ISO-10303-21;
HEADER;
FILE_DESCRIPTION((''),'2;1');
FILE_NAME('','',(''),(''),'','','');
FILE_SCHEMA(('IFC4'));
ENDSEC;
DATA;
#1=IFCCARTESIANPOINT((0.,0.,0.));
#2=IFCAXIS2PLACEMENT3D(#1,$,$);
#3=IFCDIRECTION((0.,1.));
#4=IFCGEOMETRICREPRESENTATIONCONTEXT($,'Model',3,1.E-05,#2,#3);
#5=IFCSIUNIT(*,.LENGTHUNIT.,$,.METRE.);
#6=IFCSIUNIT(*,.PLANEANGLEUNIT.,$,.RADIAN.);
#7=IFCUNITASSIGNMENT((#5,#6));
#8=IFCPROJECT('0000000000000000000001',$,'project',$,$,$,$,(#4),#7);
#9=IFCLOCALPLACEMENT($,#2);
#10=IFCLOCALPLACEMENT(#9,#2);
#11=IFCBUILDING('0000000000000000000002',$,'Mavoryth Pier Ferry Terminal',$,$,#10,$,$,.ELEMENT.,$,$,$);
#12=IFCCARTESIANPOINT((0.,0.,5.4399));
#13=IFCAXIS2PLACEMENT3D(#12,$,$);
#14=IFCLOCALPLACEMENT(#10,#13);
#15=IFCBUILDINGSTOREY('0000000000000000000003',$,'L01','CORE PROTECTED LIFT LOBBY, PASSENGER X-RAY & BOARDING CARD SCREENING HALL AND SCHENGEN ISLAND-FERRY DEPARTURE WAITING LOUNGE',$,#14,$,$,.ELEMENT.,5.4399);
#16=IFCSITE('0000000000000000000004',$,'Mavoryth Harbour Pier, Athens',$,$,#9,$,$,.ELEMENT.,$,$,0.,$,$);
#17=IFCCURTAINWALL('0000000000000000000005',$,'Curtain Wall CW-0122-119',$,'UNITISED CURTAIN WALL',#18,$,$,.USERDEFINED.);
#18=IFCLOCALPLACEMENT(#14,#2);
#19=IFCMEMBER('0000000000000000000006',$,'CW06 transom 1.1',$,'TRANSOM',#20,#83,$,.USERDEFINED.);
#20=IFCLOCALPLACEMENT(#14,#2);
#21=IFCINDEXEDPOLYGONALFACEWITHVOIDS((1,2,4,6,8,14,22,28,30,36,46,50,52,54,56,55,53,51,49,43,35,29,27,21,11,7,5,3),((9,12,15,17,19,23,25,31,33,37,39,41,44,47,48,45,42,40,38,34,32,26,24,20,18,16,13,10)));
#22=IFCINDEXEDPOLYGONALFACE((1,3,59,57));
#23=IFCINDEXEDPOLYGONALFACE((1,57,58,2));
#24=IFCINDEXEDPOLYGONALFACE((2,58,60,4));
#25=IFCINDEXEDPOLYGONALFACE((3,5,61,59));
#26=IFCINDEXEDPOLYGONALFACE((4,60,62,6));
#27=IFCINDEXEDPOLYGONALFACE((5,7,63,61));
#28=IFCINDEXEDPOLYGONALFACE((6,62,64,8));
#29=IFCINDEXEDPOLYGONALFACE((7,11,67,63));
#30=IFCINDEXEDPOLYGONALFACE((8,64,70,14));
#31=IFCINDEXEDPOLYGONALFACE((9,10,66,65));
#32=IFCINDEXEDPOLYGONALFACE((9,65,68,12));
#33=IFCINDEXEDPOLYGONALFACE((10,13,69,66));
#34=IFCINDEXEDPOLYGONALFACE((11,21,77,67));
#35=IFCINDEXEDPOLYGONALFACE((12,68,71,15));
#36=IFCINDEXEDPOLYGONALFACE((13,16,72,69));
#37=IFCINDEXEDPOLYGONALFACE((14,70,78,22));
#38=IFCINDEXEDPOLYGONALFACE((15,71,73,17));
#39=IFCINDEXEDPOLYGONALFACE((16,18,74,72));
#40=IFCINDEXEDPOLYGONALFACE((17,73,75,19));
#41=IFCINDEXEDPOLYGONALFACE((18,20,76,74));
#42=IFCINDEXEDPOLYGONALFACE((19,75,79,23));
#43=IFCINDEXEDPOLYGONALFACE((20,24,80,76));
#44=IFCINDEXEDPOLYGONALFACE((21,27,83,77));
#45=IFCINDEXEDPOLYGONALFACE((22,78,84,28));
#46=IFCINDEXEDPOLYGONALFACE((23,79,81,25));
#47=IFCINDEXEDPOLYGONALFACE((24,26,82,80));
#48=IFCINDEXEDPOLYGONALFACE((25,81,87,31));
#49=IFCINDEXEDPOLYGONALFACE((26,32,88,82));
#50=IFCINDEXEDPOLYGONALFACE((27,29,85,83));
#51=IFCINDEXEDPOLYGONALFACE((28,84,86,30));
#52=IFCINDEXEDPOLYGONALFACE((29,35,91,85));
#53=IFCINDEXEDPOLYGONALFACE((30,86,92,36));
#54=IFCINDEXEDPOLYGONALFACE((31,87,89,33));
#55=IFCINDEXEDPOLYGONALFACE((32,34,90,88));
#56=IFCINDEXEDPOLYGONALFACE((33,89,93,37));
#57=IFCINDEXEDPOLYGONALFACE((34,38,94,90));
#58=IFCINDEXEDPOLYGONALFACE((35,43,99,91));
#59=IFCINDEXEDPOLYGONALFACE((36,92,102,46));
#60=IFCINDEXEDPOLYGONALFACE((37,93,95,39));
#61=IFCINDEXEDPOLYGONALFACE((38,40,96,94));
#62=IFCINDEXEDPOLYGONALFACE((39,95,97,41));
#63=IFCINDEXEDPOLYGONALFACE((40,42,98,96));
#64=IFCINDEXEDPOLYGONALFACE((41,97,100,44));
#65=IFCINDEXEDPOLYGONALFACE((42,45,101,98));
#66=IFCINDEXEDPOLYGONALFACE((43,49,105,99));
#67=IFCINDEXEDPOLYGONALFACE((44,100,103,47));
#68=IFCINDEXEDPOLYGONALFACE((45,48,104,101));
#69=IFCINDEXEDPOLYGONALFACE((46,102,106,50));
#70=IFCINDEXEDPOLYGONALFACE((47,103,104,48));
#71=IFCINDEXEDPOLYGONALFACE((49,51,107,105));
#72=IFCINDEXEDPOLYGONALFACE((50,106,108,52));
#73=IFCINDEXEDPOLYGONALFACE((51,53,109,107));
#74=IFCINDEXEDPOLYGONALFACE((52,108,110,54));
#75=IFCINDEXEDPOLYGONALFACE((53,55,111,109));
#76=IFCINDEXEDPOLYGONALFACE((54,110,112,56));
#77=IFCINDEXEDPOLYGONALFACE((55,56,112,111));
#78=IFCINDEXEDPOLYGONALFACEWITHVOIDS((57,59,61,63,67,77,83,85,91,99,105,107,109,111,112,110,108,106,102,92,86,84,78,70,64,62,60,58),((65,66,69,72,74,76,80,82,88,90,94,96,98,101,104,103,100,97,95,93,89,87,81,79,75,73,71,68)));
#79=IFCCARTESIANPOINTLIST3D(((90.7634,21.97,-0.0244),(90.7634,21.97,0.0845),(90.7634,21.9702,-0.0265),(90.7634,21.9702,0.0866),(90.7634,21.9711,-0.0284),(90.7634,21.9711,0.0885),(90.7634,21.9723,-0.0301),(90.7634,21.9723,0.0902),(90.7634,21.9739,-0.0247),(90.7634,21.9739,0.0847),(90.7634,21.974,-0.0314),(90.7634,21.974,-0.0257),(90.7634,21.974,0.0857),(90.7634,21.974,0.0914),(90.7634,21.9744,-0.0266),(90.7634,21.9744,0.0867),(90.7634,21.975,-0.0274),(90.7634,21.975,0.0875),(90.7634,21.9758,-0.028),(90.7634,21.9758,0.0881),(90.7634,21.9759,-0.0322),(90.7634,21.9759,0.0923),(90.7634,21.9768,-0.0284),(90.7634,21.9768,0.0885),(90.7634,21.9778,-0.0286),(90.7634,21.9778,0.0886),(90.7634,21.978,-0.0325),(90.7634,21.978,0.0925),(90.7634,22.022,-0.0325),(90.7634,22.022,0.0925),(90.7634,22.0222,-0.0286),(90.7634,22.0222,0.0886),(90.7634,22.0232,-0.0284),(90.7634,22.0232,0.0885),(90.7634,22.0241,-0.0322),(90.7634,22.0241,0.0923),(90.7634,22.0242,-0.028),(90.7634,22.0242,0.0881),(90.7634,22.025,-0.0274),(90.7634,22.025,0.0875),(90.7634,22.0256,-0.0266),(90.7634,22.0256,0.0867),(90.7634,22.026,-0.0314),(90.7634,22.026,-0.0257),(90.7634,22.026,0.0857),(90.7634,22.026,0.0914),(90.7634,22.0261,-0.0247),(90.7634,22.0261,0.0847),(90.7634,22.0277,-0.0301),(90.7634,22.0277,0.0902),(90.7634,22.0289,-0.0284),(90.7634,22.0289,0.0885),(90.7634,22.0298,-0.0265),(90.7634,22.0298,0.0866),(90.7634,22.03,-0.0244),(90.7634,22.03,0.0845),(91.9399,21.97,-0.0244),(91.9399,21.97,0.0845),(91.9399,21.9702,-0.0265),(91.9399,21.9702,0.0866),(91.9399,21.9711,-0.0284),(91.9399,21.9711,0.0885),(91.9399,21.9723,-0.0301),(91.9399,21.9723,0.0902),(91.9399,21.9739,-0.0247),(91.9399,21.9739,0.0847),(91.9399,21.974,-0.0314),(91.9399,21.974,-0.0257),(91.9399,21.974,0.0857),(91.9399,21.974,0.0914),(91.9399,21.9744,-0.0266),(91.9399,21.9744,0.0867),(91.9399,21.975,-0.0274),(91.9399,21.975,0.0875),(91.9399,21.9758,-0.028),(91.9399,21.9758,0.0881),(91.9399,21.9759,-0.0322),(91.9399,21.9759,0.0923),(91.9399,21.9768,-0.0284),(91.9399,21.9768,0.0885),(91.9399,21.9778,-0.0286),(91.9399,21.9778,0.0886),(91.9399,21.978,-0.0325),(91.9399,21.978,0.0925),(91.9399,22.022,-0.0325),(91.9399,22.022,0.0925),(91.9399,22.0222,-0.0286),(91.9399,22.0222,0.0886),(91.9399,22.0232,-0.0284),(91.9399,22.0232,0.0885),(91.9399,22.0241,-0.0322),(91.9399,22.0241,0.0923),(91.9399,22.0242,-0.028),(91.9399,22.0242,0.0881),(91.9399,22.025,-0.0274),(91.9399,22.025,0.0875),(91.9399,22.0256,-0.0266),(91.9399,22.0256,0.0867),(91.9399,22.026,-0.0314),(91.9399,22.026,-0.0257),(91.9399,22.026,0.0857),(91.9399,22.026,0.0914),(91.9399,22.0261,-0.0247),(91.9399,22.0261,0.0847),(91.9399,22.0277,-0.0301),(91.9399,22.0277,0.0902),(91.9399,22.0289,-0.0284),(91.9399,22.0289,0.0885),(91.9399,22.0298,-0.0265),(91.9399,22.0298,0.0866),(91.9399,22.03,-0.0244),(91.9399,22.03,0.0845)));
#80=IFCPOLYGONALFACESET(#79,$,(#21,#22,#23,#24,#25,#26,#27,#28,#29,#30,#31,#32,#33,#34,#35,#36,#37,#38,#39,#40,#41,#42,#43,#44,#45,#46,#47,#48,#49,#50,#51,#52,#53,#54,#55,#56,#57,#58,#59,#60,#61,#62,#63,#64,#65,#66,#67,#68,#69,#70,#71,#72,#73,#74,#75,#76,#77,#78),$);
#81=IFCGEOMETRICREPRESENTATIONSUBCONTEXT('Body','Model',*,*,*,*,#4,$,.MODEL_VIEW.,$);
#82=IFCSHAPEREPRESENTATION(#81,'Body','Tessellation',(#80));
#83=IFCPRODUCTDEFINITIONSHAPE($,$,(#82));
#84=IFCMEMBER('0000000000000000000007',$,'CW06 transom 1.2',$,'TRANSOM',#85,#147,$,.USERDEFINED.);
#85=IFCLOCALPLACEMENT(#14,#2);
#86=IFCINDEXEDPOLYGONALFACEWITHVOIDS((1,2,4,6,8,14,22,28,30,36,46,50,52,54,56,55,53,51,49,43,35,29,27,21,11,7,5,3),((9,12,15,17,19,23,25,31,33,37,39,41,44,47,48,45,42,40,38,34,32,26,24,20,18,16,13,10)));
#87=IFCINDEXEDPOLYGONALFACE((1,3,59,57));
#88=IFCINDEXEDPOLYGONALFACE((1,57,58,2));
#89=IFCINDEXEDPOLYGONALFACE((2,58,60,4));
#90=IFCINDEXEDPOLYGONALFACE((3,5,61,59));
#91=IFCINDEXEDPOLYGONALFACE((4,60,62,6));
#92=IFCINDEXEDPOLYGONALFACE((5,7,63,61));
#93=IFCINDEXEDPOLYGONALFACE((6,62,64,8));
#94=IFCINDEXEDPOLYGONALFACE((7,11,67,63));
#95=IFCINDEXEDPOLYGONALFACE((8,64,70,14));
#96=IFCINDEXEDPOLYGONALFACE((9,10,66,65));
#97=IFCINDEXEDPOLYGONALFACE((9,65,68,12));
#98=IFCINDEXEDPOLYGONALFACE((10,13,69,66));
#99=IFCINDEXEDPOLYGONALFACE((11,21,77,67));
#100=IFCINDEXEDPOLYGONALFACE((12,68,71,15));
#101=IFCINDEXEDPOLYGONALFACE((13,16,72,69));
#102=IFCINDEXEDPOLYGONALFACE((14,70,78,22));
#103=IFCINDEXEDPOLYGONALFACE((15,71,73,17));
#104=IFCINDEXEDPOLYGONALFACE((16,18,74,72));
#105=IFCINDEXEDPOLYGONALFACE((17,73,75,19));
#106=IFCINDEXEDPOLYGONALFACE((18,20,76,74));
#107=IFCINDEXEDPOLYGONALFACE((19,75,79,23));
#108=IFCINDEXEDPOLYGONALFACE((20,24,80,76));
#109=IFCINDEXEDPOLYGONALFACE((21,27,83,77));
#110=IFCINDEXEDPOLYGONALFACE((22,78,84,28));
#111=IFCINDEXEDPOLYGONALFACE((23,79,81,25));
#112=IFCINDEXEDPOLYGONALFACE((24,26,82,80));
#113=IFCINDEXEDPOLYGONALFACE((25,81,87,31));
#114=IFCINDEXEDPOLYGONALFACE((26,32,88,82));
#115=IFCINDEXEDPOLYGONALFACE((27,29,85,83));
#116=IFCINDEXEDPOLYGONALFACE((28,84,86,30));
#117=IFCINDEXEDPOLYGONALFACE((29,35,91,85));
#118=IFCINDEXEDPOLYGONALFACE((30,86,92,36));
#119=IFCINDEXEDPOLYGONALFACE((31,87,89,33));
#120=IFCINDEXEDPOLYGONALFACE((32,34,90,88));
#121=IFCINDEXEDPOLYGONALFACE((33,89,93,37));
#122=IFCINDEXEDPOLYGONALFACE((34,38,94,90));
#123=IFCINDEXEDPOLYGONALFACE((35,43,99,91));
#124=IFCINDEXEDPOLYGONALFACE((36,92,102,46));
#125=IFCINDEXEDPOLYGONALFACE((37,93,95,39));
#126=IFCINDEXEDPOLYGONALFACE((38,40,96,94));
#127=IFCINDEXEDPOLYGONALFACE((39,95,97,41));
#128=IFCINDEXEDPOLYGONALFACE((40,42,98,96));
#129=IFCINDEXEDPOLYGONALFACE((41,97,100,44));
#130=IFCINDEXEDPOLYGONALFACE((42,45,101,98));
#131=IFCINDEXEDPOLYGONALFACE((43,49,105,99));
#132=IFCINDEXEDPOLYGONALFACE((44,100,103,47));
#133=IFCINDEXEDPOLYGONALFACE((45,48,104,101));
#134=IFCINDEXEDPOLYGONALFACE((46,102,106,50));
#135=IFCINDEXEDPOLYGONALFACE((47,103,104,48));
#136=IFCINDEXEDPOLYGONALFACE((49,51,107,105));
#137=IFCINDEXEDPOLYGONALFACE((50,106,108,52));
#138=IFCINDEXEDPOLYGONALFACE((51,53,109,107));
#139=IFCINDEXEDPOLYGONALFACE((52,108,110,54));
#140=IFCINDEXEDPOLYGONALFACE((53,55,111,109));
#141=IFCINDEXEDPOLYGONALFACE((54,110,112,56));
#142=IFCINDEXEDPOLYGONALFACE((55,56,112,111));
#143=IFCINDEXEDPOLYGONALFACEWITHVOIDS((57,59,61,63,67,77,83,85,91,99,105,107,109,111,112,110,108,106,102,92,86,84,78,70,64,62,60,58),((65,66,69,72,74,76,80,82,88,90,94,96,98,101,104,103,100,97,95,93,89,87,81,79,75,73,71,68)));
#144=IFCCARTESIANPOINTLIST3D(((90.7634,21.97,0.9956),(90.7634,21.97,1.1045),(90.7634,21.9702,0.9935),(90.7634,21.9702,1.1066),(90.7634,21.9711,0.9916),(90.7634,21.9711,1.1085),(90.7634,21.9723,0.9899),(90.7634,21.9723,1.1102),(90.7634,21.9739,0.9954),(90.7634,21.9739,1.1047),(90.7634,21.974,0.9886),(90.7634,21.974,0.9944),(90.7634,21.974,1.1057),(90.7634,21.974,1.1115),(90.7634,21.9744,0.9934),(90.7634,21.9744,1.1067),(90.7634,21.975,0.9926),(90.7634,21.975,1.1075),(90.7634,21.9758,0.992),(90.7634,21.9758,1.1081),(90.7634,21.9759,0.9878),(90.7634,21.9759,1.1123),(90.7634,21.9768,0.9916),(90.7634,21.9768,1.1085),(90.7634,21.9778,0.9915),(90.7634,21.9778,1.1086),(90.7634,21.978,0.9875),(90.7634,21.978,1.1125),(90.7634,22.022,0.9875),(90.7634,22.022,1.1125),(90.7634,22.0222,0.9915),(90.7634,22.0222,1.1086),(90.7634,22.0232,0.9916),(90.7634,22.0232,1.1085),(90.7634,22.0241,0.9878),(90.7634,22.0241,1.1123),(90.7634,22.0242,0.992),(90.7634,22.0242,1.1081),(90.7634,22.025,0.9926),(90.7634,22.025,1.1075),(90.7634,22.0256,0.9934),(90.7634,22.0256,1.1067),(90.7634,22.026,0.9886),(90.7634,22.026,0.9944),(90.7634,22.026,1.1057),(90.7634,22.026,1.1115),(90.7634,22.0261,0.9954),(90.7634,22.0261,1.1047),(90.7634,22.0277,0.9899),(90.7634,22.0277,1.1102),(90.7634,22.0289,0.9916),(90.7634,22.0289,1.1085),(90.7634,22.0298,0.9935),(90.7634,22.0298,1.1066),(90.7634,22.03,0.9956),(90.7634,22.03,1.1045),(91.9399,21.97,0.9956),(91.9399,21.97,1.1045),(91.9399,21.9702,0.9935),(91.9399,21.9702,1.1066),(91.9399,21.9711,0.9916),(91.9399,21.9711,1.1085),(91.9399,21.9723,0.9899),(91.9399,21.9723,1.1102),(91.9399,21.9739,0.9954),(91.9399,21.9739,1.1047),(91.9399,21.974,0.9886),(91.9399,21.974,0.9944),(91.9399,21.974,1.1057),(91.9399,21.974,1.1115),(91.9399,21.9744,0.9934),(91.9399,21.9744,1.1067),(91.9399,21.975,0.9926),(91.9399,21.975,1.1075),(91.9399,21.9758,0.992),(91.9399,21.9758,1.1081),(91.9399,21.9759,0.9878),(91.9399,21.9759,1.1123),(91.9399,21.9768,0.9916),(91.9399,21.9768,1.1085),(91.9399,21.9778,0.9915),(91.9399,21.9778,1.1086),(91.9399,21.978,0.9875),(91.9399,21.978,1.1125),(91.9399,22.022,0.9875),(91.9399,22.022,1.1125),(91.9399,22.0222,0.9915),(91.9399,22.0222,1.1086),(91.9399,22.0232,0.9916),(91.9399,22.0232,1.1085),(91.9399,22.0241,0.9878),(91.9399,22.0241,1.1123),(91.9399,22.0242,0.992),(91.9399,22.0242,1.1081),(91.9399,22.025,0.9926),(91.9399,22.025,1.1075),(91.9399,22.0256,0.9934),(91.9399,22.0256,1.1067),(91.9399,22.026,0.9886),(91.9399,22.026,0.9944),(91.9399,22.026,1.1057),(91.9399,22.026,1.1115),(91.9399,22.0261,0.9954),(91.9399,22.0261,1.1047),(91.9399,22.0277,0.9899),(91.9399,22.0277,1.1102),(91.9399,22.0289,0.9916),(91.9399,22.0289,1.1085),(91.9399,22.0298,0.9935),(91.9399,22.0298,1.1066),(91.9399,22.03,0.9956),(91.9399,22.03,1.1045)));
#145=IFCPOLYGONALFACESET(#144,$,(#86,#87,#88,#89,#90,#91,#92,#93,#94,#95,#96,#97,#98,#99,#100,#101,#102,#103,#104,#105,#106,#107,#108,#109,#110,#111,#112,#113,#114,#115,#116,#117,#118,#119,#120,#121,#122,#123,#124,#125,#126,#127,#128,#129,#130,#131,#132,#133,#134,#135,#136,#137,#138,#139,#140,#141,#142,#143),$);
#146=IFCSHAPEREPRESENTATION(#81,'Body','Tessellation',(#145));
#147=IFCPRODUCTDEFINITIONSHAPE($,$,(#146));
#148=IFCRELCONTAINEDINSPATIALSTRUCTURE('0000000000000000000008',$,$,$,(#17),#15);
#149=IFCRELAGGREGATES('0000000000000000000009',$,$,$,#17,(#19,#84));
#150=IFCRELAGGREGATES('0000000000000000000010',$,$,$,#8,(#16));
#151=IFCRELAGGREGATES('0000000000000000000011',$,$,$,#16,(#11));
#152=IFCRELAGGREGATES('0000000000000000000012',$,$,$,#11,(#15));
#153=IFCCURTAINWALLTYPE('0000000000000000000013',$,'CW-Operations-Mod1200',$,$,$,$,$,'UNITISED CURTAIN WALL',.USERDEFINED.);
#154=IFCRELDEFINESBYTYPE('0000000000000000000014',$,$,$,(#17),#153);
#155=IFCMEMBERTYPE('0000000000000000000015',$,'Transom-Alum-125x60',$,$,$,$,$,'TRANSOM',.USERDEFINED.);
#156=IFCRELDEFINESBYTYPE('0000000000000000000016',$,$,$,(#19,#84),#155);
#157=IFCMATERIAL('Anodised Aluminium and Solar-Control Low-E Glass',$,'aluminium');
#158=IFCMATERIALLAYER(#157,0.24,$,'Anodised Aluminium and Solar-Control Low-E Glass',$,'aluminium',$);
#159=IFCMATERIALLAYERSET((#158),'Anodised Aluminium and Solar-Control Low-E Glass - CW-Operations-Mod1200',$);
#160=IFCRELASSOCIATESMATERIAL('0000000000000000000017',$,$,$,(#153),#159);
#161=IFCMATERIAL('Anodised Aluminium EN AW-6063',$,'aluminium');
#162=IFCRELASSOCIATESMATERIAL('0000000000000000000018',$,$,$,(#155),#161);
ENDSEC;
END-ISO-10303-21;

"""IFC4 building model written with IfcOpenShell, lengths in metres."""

from ifc_helpers import new_model, si_unit, direction, frame, origin, origin_2d, place, context, subcontext, project, spatial, hollow_rectangle, extrude, material, layer, layer_set, material_profile, profile_set, type_object, element, aggregate, save


model = new_model("IFC4")

# Units and contexts
model_context = context("Model", 3, precision=1e-05, world=origin(), true_north=direction((0.0, 1.0)))
body_context = subcontext(model_context, "Body", "Model", "MODEL_VIEW")
ifc_project = project(units=[si_unit("LENGTHUNIT", "METRE"), si_unit("PLANEANGLEUNIT", "RADIAN")], contexts=[model_context])

# Site, building, storey
site_placement = place(None, origin())
site = spatial("IfcSite", under=ifc_project, at=site_placement, Name="Mavoryth Harbour Pier, Athens", CompositionType="ELEMENT", RefElevation=0.0)
building_placement = place(site_placement, origin())
building = spatial("IfcBuilding", under=site, at=building_placement, Name="Mavoryth Pier Ferry Terminal", CompositionType="ELEMENT")
storey_placement = place(building_placement, frame((0.0, 0.0, 5.4399)))
storey = spatial("IfcBuildingStorey", under=building, at=storey_placement, Name="L01", Description="CORE PROTECTED LIFT LOBBY, PASSENGER X-RAY & BOARDING CARD SCREENING HALL AND SCHENGEN ISLAND-FERRY DEPARTURE WAITING LOUNGE", CompositionType="ELEMENT", Elevation=5.4399)

# Curtain wall
ifc_material_1 = material(Name="Anodised Aluminium and Solar-Control Low-E Glass", Category="aluminium")
ifc_layer_1 = layer(ifc_material_1, 0.24, Name="Anodised Aluminium and Solar-Control Low-E Glass", Category="aluminium")
ifc_layer_set_1 = layer_set([ifc_layer_1], Name="Anodised Aluminium and Solar-Control Low-E Glass - CW-Operations-Mod1200")
curtain_wall_type = type_object("IfcCurtainWallType", Name="CW-Operations-Mod1200", ElementType="UNITISED CURTAIN WALL", PredefinedType="USERDEFINED", material=ifc_layer_set_1)
curtain_wall_placement = place(storey_placement, origin())
curtain_wall = element("IfcCurtainWall", 1, at=curtain_wall_placement, inside=storey, type_object=curtain_wall_type, Name="Curtain Wall CW-0122-119", ObjectType="UNITISED CURTAIN WALL", PredefinedType="USERDEFINED")
ifc_material_2 = material(Name="Anodised Aluminium EN AW-6063", Category="aluminium")

# Members
ifc_material_profile_1 = material_profile(ifc_material_2, hollow_rectangle(XDim=0.0601, YDim=0.125, WallThickness=0.0039, InnerFilletRadius=0.0039, OuterFilletRadius=0.0081, at=origin_2d()), Name="AL-TRAN 125x60x4", Category="aluminium")
ifc_profile_set_1 = profile_set([ifc_material_profile_1], Name="Anodised Aluminium EN AW-6063 - AL-TRAN 125x60x4")
member_type_1 = type_object("IfcMemberType", Name="Transom-Alum-125x60", ElementType="TRANSOM", PredefinedType="USERDEFINED", material=ifc_profile_set_1)
member_1_placement = place(storey_placement, frame((91.9399, 22.0, 0.03), z_axis=(-1.0, 0.0, 0.0), x_axis=(0.0, -1.0, 0.0)))
member_1 = element("IfcMember", 2, at=member_1_placement, type_object=member_type_1, Name="CW06 transom 1.1", ObjectType="TRANSOM", PredefinedType="USERDEFINED", context=body_context, shape_type="SweptSolid", body=[
    extrude(hollow_rectangle(XDim=0.0601, YDim=0.125, WallThickness=0.0039, InnerFilletRadius=0.0039, OuterFilletRadius=0.0081, at=origin_2d()), origin(), (0.0, 0.0, 1.0), 1.1765),
])
member_2_placement = place(storey_placement, frame((91.9399, 22.0, 1.05), z_axis=(-1.0, 0.0, 0.0), x_axis=(0.0, -1.0, 0.0)))
member_2 = element("IfcMember", 3, at=member_2_placement, type_object=member_type_1, Name="CW06 transom 1.2", ObjectType="TRANSOM", PredefinedType="USERDEFINED", context=body_context, shape_type="SweptSolid", body=[
    extrude(hollow_rectangle(XDim=0.0601, YDim=0.125, WallThickness=0.0039, InnerFilletRadius=0.0039, OuterFilletRadius=0.0081, at=origin_2d()), origin(), (0.0, 0.0, 1.0), 1.1765),
])

aggregate(curtain_wall, [member_1, member_2])

save(model, "model.ifc")
